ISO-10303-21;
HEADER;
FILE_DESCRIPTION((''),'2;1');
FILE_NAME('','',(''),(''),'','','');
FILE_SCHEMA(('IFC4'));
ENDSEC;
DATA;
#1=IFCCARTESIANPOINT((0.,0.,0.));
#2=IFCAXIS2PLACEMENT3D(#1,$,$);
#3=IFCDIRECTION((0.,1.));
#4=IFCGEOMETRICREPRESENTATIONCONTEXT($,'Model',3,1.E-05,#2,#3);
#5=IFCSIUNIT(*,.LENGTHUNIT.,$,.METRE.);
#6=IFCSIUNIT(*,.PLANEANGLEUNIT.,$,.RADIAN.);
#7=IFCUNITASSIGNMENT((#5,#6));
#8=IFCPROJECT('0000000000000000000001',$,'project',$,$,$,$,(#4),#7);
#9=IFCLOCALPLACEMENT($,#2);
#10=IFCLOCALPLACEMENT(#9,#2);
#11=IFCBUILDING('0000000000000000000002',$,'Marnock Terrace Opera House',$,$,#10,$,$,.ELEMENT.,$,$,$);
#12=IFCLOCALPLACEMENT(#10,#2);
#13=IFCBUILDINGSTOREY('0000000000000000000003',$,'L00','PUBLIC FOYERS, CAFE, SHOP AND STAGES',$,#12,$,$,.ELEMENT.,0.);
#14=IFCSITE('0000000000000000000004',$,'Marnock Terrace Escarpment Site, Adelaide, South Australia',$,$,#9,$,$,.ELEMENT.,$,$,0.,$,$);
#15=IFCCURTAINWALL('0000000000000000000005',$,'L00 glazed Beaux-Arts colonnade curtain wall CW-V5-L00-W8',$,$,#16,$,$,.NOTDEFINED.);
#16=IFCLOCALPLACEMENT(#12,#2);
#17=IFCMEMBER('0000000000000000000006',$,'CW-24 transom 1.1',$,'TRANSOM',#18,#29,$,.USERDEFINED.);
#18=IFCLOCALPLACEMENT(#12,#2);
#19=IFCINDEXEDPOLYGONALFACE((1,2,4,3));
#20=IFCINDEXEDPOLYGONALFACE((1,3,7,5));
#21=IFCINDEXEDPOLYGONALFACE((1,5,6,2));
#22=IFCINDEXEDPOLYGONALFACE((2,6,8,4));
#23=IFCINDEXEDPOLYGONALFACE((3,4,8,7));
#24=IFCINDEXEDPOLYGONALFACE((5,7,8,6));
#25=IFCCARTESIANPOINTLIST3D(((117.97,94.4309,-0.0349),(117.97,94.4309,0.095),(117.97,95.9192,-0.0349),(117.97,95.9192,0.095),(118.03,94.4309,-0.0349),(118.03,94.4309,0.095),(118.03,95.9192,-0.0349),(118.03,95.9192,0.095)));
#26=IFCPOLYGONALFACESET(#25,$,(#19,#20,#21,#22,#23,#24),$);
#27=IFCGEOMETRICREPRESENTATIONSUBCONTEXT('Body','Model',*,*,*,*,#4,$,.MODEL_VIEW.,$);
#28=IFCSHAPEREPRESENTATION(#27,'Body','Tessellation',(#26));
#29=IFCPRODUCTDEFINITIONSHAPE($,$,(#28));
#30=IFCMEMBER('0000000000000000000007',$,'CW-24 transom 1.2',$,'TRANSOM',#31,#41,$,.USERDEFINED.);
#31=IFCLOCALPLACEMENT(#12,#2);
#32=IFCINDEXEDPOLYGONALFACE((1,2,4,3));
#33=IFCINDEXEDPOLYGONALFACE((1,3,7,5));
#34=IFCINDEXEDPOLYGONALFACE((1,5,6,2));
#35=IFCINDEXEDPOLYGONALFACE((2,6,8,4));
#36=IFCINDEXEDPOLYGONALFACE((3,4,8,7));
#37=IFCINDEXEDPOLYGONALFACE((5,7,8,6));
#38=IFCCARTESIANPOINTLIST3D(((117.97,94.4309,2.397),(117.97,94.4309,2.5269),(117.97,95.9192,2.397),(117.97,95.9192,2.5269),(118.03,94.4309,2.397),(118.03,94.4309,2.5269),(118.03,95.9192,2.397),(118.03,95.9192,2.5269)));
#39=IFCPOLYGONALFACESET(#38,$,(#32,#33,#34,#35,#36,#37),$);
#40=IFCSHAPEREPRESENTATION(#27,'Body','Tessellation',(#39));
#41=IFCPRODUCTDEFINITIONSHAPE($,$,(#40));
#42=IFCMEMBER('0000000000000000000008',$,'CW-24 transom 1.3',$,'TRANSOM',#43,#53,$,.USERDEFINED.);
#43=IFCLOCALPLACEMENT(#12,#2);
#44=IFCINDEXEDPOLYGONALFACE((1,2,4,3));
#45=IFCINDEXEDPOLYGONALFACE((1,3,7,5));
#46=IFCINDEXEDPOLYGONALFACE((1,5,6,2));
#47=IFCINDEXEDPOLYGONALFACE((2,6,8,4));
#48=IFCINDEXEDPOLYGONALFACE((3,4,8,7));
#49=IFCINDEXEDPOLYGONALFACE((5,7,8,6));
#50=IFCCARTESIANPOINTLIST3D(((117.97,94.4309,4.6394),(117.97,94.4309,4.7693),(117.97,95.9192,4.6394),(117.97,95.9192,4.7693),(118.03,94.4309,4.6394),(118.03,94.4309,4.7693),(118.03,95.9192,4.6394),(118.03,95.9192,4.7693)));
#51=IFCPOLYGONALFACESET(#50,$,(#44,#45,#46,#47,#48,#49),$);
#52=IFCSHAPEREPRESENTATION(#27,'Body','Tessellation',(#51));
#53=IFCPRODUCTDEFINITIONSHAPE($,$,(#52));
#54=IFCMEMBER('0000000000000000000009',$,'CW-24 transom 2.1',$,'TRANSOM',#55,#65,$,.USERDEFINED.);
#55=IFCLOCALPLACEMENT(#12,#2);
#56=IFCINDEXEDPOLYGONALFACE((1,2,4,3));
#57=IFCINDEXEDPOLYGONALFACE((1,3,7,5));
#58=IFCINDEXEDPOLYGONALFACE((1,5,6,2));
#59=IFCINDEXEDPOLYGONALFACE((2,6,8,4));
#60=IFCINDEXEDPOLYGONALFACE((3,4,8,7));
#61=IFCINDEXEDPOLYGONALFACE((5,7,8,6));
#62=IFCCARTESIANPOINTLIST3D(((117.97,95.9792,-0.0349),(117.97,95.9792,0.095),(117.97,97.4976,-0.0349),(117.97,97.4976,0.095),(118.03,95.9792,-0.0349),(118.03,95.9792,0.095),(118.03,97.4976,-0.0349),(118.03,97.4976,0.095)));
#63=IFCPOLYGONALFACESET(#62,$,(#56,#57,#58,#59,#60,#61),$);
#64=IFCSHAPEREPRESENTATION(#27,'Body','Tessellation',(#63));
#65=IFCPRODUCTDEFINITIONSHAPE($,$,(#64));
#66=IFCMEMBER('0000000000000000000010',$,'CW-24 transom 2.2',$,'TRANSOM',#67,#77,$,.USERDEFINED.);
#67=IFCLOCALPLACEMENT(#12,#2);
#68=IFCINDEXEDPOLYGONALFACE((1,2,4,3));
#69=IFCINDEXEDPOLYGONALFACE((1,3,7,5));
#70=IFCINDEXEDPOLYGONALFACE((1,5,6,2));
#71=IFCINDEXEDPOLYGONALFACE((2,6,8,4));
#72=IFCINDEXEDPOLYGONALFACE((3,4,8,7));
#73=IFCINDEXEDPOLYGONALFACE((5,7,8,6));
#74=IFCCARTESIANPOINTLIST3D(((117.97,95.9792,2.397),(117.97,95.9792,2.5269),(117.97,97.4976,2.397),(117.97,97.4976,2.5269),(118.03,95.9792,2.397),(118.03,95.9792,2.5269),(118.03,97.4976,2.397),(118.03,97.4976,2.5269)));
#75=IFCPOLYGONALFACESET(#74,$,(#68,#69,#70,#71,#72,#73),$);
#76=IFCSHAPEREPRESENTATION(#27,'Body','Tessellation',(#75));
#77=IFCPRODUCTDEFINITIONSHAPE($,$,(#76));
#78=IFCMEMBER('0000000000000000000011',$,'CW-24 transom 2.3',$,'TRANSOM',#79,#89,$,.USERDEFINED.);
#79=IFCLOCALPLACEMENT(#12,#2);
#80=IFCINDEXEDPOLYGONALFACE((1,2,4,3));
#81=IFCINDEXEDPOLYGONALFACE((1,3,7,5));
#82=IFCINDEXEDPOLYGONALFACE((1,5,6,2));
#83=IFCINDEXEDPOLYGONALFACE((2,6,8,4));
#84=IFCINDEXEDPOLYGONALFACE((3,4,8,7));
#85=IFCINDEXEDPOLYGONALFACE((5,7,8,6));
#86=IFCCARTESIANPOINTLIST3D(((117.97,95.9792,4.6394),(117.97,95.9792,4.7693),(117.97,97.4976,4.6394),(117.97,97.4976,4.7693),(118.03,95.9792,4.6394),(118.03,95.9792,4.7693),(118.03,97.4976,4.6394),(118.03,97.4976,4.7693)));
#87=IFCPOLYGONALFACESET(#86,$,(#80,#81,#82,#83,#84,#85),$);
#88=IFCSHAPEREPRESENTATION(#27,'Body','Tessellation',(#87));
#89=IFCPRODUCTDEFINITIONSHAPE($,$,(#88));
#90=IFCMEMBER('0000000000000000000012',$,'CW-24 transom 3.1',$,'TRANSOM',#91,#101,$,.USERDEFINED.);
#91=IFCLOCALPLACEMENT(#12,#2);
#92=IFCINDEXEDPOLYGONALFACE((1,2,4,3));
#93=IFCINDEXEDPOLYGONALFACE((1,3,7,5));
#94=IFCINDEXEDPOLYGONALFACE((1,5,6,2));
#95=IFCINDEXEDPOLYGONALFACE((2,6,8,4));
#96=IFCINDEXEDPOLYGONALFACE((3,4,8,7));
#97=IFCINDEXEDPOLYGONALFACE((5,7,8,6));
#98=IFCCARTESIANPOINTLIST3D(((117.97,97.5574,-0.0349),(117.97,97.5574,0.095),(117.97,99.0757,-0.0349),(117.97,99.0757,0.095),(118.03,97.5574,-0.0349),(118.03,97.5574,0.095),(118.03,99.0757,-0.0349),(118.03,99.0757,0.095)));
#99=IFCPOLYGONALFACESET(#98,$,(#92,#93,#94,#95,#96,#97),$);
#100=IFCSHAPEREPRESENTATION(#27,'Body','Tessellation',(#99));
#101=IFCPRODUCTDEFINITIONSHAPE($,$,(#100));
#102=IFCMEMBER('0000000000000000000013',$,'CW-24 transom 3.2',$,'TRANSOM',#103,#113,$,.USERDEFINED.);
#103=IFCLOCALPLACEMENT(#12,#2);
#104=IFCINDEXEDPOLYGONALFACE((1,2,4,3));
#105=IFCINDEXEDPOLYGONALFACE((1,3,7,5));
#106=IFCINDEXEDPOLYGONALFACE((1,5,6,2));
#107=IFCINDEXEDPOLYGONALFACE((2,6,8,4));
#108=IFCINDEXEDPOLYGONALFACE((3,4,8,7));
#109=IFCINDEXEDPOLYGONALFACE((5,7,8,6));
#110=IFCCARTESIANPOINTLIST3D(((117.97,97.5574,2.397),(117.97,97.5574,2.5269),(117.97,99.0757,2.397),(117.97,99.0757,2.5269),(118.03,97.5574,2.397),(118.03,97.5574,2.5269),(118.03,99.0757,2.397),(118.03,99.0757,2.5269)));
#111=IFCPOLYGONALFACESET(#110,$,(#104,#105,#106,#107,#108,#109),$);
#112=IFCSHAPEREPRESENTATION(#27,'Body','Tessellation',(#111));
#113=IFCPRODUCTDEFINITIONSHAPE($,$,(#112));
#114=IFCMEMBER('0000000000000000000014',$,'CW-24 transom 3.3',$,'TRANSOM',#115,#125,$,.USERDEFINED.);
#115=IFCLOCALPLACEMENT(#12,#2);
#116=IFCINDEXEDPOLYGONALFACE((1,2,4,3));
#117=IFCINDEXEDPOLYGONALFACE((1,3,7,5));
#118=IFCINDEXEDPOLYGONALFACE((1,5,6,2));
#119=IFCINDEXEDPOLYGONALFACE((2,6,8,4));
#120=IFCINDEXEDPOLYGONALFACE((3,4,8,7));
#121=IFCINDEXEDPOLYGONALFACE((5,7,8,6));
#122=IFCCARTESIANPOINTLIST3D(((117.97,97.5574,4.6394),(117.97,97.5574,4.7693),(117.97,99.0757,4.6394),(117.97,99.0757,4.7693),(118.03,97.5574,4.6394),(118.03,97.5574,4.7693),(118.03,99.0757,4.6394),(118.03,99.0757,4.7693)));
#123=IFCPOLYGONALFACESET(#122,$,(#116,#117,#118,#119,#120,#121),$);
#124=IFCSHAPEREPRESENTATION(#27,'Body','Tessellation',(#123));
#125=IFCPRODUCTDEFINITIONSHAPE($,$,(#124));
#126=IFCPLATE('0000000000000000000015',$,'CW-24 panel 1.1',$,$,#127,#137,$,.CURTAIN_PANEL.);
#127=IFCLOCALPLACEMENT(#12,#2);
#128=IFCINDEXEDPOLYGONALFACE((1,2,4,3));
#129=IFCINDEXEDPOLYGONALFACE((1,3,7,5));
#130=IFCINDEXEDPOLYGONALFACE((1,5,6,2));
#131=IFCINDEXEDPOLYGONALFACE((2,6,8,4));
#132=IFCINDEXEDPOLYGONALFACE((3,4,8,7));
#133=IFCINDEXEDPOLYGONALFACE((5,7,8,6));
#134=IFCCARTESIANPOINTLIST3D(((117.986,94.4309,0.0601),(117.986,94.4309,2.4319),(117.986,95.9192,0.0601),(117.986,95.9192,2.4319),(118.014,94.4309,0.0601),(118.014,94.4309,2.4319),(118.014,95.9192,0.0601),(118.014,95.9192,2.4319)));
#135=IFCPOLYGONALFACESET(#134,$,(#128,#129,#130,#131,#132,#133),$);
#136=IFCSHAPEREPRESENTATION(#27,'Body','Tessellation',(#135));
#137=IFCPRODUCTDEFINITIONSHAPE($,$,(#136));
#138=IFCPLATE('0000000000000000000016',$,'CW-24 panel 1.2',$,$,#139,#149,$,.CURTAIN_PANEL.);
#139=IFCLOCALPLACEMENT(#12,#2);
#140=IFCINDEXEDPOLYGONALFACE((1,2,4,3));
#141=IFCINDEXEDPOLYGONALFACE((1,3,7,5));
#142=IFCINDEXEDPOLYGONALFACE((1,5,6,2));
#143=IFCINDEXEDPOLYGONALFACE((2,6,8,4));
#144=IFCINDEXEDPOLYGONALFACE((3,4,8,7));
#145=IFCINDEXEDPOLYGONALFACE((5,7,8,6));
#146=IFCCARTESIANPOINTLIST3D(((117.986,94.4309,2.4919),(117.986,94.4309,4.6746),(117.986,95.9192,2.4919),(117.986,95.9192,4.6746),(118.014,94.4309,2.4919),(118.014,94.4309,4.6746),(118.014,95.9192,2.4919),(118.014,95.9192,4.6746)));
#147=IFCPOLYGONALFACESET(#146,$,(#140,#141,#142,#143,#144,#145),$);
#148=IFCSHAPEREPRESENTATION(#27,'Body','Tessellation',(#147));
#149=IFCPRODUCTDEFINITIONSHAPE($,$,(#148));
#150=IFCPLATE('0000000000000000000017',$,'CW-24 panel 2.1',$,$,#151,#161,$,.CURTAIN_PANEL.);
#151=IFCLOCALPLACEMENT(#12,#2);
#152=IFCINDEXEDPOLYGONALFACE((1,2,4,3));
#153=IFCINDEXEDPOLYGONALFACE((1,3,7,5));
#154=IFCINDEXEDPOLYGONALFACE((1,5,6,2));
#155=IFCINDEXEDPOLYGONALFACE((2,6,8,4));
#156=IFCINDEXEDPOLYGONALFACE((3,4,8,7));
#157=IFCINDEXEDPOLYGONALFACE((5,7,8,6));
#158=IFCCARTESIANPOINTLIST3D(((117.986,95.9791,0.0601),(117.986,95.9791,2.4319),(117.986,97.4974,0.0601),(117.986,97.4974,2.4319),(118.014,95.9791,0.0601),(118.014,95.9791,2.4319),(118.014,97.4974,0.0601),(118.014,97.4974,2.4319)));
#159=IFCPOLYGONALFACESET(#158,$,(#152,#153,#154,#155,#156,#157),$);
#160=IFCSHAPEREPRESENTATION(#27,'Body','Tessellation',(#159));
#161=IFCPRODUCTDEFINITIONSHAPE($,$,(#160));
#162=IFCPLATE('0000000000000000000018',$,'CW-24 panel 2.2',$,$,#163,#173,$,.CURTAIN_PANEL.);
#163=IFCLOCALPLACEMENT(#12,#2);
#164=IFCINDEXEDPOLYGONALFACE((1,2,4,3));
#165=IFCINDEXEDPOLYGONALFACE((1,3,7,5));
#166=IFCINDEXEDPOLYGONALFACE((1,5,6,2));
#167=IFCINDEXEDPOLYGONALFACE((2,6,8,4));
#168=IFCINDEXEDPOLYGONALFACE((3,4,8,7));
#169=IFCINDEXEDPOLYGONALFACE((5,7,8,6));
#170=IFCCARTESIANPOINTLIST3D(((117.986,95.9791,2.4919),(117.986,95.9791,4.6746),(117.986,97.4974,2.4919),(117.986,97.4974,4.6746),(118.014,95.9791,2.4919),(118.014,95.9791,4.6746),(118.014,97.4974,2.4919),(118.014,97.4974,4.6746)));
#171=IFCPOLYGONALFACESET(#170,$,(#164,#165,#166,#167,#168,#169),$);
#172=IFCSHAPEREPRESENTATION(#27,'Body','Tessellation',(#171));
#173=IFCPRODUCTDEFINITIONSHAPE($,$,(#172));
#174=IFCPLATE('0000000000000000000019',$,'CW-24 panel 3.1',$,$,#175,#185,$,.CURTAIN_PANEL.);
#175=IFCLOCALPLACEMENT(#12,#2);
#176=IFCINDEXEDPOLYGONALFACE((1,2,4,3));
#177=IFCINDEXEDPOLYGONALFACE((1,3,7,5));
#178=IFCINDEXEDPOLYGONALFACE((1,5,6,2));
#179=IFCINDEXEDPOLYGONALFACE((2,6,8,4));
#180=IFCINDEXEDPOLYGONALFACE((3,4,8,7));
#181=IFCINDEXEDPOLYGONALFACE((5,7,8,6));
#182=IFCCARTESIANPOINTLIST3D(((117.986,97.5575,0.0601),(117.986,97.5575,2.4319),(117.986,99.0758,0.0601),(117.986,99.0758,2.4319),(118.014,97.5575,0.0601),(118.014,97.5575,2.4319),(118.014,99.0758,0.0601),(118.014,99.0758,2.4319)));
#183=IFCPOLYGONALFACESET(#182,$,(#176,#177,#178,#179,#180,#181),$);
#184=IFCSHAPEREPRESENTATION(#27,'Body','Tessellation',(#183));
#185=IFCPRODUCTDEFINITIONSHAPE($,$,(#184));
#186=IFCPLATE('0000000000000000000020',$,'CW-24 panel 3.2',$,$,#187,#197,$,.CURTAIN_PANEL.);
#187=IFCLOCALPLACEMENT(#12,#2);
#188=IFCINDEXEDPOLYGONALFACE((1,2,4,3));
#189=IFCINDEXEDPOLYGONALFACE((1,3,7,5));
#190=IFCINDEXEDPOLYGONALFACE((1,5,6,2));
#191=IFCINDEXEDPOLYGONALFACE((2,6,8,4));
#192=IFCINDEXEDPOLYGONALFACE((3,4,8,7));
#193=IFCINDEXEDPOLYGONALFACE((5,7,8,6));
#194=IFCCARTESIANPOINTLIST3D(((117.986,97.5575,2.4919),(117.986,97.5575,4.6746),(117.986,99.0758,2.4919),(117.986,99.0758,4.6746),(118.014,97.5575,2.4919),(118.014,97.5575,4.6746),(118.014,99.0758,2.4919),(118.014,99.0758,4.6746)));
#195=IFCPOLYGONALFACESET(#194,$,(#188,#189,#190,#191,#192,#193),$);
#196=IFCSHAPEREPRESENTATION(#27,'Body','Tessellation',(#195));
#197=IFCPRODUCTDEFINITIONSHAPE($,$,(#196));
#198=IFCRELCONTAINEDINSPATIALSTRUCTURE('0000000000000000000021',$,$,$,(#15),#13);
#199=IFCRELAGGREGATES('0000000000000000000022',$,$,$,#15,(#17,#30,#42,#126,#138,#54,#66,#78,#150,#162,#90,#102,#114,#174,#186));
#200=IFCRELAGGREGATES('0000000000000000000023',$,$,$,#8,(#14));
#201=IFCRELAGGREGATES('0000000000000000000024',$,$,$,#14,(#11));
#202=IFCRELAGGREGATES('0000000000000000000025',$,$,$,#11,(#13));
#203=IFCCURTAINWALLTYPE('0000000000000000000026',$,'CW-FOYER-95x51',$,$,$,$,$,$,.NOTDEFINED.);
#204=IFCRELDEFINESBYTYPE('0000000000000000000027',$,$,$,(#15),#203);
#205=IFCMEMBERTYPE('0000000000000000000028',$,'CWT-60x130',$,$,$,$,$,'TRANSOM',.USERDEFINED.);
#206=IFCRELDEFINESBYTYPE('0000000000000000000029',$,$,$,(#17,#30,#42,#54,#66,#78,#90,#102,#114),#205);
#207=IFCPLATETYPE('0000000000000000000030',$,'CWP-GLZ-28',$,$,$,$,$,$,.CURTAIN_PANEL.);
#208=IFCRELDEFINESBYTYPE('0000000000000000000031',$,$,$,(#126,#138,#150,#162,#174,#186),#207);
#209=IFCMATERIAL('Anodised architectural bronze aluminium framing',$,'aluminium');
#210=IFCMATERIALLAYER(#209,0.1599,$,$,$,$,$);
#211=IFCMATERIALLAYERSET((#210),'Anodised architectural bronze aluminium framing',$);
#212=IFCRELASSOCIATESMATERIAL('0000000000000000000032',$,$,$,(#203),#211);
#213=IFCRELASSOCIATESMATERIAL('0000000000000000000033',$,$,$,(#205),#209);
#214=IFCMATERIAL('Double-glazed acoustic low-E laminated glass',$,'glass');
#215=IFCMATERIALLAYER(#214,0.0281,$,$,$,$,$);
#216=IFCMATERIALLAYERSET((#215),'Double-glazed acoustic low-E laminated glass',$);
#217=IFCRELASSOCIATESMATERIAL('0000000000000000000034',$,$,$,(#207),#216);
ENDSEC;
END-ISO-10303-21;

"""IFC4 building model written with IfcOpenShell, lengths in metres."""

from ifc_helpers import new_model, si_unit, direction, frame, origin, origin_2d, place, context, subcontext, project, spatial, rectangle, extrude, material, layer, layer_set, material_profile, profile_set, type_object, element, aggregate, save


model = new_model("IFC4")

# Units and contexts
model_context = context("Model", 3, precision=1e-05, world=origin(), true_north=direction((0.0, 1.0)))
body_context = subcontext(model_context, "Body", "Model", "MODEL_VIEW")
ifc_project = project(units=[si_unit("LENGTHUNIT", "METRE"), si_unit("PLANEANGLEUNIT", "RADIAN")], contexts=[model_context])

# Site, building, storey
site_placement = place(None, origin())
site = spatial("IfcSite", under=ifc_project, at=site_placement, Name="Marnock Terrace Escarpment Site, Adelaide, South Australia", CompositionType="ELEMENT", RefElevation=0.0)
building_placement = place(site_placement, origin())
building = spatial("IfcBuilding", under=site, at=building_placement, Name="Marnock Terrace Opera House", CompositionType="ELEMENT")
storey_placement = place(building_placement, origin())
storey = spatial("IfcBuildingStorey", under=building, at=storey_placement, Name="L00", Description="PUBLIC FOYERS, CAFE, SHOP AND STAGES", CompositionType="ELEMENT", Elevation=0.0)

# Curtain wall, members, plates
ifc_material_1 = material(Name="Anodised architectural bronze aluminium framing", Category="aluminium")
ifc_layer_1 = layer(ifc_material_1, 0.1599)
ifc_layer_set_1 = layer_set([ifc_layer_1], Name="Anodised architectural bronze aluminium framing")
curtain_wall_type = type_object("IfcCurtainWallType", Name="CW-FOYER-95x51", PredefinedType="NOTDEFINED", material=ifc_layer_set_1)
curtain_wall_placement = place(storey_placement, origin())
curtain_wall = element("IfcCurtainWall", 1, at=curtain_wall_placement, inside=storey, type_object=curtain_wall_type, Name="L00 glazed Beaux-Arts colonnade curtain wall CW-V5-L00-W8", PredefinedType="NOTDEFINED")
ifc_material_profile_1 = material_profile(ifc_material_1, rectangle(XDim=0.0601, YDim=0.1299, at=origin_2d()))
ifc_profile_set_1 = profile_set([ifc_material_profile_1], Name="Anodised architectural bronze aluminium framing")
member_type_1 = type_object("IfcMemberType", Name="CWT-60x130", ElementType="TRANSOM", PredefinedType="USERDEFINED", material=ifc_profile_set_1)
member_1_placement = place(storey_placement, frame((118.0, 94.4309, 0.03), z_axis=(0.0, 1.0, 0.0), x_axis=(-1.0, 0.0, 0.0)))
member_1 = element("IfcMember", 2, at=member_1_placement, type_object=member_type_1, Name="CW-24 transom 1.1", ObjectType="TRANSOM", PredefinedType="USERDEFINED", context=body_context, shape_type="SweptSolid", body=[
    extrude(rectangle(XDim=0.0601, YDim=0.1299, at=origin_2d()), origin(), (0.0, 0.0, 1.0), 1.4883),
])
member_2_placement = place(storey_placement, frame((118.0, 94.4309, 2.4619), z_axis=(0.0, 1.0, 0.0), x_axis=(-1.0, 0.0, 0.0)))
member_2 = element("IfcMember", 3, at=member_2_placement, type_object=member_type_1, Name="CW-24 transom 1.2", ObjectType="TRANSOM", PredefinedType="USERDEFINED", context=body_context, shape_type="SweptSolid", body=[
    extrude(rectangle(XDim=0.0601, YDim=0.1299, at=origin_2d()), origin(), (0.0, 0.0, 1.0), 1.4883),
])
member_3_placement = place(storey_placement, frame((118.0, 94.4309, 4.7043), z_axis=(0.0, 1.0, 0.0), x_axis=(-1.0, 0.0, 0.0)))
member_3 = element("IfcMember", 4, at=member_3_placement, type_object=member_type_1, Name="CW-24 transom 1.3", ObjectType="TRANSOM", PredefinedType="USERDEFINED", context=body_context, shape_type="SweptSolid", body=[
    extrude(rectangle(XDim=0.0601, YDim=0.1299, at=origin_2d()), origin(), (0.0, 0.0, 1.0), 1.4883),
])
member_4_placement = place(storey_placement, frame((118.0, 95.9792, 0.03), z_axis=(0.0, 1.0, 0.0), x_axis=(-1.0, 0.0, 0.0)))
member_4 = element("IfcMember", 5, at=member_4_placement, type_object=member_type_1, Name="CW-24 transom 2.1", ObjectType="TRANSOM", PredefinedType="USERDEFINED", context=body_context, shape_type="SweptSolid", body=[
    extrude(rectangle(XDim=0.0601, YDim=0.1299, at=origin_2d()), origin(), (0.0, 0.0, 1.0), 1.5183),
])
member_5_placement = place(storey_placement, frame((118.0, 95.9792, 2.4619), z_axis=(0.0, 1.0, 0.0), x_axis=(-1.0, 0.0, 0.0)))
member_5 = element("IfcMember", 6, at=member_5_placement, type_object=member_type_1, Name="CW-24 transom 2.2", ObjectType="TRANSOM", PredefinedType="USERDEFINED", context=body_context, shape_type="SweptSolid", body=[
    extrude(rectangle(XDim=0.0601, YDim=0.1299, at=origin_2d()), origin(), (0.0, 0.0, 1.0), 1.5183),
])
member_6_placement = place(storey_placement, frame((118.0, 95.9792, 4.7043), z_axis=(0.0, 1.0, 0.0), x_axis=(-1.0, 0.0, 0.0)))
member_6 = element("IfcMember", 7, at=member_6_placement, type_object=member_type_1, Name="CW-24 transom 2.3", ObjectType="TRANSOM", PredefinedType="USERDEFINED", context=body_context, shape_type="SweptSolid", body=[
    extrude(rectangle(XDim=0.0601, YDim=0.1299, at=origin_2d()), origin(), (0.0, 0.0, 1.0), 1.5183),
])
member_7_placement = place(storey_placement, frame((118.0, 97.5574, 0.03), z_axis=(0.0, 1.0, 0.0), x_axis=(-1.0, 0.0, 0.0)))
member_7 = element("IfcMember", 8, at=member_7_placement, type_object=member_type_1, Name="CW-24 transom 3.1", ObjectType="TRANSOM", PredefinedType="USERDEFINED", context=body_context, shape_type="SweptSolid", body=[
    extrude(rectangle(XDim=0.0601, YDim=0.1299, at=origin_2d()), origin(), (0.0, 0.0, 1.0), 1.5183),
])
member_8_placement = place(storey_placement, frame((118.0, 97.5574, 2.4619), z_axis=(0.0, 1.0, 0.0), x_axis=(-1.0, 0.0, 0.0)))
member_8 = element("IfcMember", 9, at=member_8_placement, type_object=member_type_1, Name="CW-24 transom 3.2", ObjectType="TRANSOM", PredefinedType="USERDEFINED", context=body_context, shape_type="SweptSolid", body=[
    extrude(rectangle(XDim=0.0601, YDim=0.1299, at=origin_2d()), origin(), (0.0, 0.0, 1.0), 1.5183),
])
member_9_placement = place(storey_placement, frame((118.0, 97.5574, 4.7043), z_axis=(0.0, 1.0, 0.0), x_axis=(-1.0, 0.0, 0.0)))
member_9 = element("IfcMember", 10, at=member_9_placement, type_object=member_type_1, Name="CW-24 transom 3.3", ObjectType="TRANSOM", PredefinedType="USERDEFINED", context=body_context, shape_type="SweptSolid", body=[
    extrude(rectangle(XDim=0.0601, YDim=0.1299, at=origin_2d()), origin(), (0.0, 0.0, 1.0), 1.5183),
])
ifc_material_2 = material(Name="Double-glazed acoustic low-E laminated glass", Category="glass")
ifc_layer_2 = layer(ifc_material_2, 0.0281)
ifc_layer_set_2 = layer_set([ifc_layer_2], Name="Double-glazed acoustic low-E laminated glass")
plate_type = type_object("IfcPlateType", Name="CWP-GLZ-28", PredefinedType="CURTAIN_PANEL", material=ifc_layer_set_2)
plate_1_placement = place(storey_placement, frame((118.0, 95.175, 0.0601), z_axis=(0.0, 0.0, 1.0), x_axis=(0.0, 1.0, 0.0)))
plate_1 = element("IfcPlate", 11, at=plate_1_placement, type_object=plate_type, Name="CW-24 panel 1.1", PredefinedType="CURTAIN_PANEL", context=body_context, shape_type="SweptSolid", body=[
    extrude(rectangle(XDim=1.4883, YDim=0.0281, at=origin_2d()), origin(), (0.0, 0.0, 1.0), 2.3718),
])
plate_2_placement = place(storey_placement, frame((118.0, 95.175, 2.4919), z_axis=(0.0, 0.0, 1.0), x_axis=(0.0, 1.0, 0.0)))
plate_2 = element("IfcPlate", 12, at=plate_2_placement, type_object=plate_type, Name="CW-24 panel 1.2", PredefinedType="CURTAIN_PANEL", context=body_context, shape_type="SweptSolid", body=[
    extrude(rectangle(XDim=1.4883, YDim=0.0281, at=origin_2d()), origin(), (0.0, 0.0, 1.0), 2.1826),
])
plate_3_placement = place(storey_placement, frame((118.0, 96.7383, 0.0601), z_axis=(0.0, 0.0, 1.0), x_axis=(0.0, 1.0, 0.0)))
plate_3 = element("IfcPlate", 13, at=plate_3_placement, type_object=plate_type, Name="CW-24 panel 2.1", PredefinedType="CURTAIN_PANEL", context=body_context, shape_type="SweptSolid", body=[
    extrude(rectangle(XDim=1.5183, YDim=0.0281, at=origin_2d()), origin(), (0.0, 0.0, 1.0), 2.3718),
])
plate_4_placement = place(storey_placement, frame((118.0, 96.7383, 2.4919), z_axis=(0.0, 0.0, 1.0), x_axis=(0.0, 1.0, 0.0)))
plate_4 = element("IfcPlate", 14, at=plate_4_placement, type_object=plate_type, Name="CW-24 panel 2.2", PredefinedType="CURTAIN_PANEL", context=body_context, shape_type="SweptSolid", body=[
    extrude(rectangle(XDim=1.5183, YDim=0.0281, at=origin_2d()), origin(), (0.0, 0.0, 1.0), 2.1826),
])
plate_5_placement = place(storey_placement, frame((118.0, 98.3167, 0.0601), z_axis=(0.0, 0.0, 1.0), x_axis=(0.0, 1.0, 0.0)))
plate_5 = element("IfcPlate", 15, at=plate_5_placement, type_object=plate_type, Name="CW-24 panel 3.1", PredefinedType="CURTAIN_PANEL", context=body_context, shape_type="SweptSolid", body=[
    extrude(rectangle(XDim=1.5183, YDim=0.0281, at=origin_2d()), origin(), (0.0, 0.0, 1.0), 2.3718),
])
plate_6_placement = place(storey_placement, frame((118.0, 98.3167, 2.4919), z_axis=(0.0, 0.0, 1.0), x_axis=(0.0, 1.0, 0.0)))
plate_6 = element("IfcPlate", 16, at=plate_6_placement, type_object=plate_type, Name="CW-24 panel 3.2", PredefinedType="CURTAIN_PANEL", context=body_context, shape_type="SweptSolid", body=[
    extrude(rectangle(XDim=1.5183, YDim=0.0281, at=origin_2d()), origin(), (0.0, 0.0, 1.0), 2.1826),
])
aggregate(curtain_wall, [member_1, member_2, member_3, plate_1, plate_2, member_4, member_5, member_6, plate_3, plate_4, member_7, member_8, member_9, plate_5, plate_6])

save(model, "model.ifc")
